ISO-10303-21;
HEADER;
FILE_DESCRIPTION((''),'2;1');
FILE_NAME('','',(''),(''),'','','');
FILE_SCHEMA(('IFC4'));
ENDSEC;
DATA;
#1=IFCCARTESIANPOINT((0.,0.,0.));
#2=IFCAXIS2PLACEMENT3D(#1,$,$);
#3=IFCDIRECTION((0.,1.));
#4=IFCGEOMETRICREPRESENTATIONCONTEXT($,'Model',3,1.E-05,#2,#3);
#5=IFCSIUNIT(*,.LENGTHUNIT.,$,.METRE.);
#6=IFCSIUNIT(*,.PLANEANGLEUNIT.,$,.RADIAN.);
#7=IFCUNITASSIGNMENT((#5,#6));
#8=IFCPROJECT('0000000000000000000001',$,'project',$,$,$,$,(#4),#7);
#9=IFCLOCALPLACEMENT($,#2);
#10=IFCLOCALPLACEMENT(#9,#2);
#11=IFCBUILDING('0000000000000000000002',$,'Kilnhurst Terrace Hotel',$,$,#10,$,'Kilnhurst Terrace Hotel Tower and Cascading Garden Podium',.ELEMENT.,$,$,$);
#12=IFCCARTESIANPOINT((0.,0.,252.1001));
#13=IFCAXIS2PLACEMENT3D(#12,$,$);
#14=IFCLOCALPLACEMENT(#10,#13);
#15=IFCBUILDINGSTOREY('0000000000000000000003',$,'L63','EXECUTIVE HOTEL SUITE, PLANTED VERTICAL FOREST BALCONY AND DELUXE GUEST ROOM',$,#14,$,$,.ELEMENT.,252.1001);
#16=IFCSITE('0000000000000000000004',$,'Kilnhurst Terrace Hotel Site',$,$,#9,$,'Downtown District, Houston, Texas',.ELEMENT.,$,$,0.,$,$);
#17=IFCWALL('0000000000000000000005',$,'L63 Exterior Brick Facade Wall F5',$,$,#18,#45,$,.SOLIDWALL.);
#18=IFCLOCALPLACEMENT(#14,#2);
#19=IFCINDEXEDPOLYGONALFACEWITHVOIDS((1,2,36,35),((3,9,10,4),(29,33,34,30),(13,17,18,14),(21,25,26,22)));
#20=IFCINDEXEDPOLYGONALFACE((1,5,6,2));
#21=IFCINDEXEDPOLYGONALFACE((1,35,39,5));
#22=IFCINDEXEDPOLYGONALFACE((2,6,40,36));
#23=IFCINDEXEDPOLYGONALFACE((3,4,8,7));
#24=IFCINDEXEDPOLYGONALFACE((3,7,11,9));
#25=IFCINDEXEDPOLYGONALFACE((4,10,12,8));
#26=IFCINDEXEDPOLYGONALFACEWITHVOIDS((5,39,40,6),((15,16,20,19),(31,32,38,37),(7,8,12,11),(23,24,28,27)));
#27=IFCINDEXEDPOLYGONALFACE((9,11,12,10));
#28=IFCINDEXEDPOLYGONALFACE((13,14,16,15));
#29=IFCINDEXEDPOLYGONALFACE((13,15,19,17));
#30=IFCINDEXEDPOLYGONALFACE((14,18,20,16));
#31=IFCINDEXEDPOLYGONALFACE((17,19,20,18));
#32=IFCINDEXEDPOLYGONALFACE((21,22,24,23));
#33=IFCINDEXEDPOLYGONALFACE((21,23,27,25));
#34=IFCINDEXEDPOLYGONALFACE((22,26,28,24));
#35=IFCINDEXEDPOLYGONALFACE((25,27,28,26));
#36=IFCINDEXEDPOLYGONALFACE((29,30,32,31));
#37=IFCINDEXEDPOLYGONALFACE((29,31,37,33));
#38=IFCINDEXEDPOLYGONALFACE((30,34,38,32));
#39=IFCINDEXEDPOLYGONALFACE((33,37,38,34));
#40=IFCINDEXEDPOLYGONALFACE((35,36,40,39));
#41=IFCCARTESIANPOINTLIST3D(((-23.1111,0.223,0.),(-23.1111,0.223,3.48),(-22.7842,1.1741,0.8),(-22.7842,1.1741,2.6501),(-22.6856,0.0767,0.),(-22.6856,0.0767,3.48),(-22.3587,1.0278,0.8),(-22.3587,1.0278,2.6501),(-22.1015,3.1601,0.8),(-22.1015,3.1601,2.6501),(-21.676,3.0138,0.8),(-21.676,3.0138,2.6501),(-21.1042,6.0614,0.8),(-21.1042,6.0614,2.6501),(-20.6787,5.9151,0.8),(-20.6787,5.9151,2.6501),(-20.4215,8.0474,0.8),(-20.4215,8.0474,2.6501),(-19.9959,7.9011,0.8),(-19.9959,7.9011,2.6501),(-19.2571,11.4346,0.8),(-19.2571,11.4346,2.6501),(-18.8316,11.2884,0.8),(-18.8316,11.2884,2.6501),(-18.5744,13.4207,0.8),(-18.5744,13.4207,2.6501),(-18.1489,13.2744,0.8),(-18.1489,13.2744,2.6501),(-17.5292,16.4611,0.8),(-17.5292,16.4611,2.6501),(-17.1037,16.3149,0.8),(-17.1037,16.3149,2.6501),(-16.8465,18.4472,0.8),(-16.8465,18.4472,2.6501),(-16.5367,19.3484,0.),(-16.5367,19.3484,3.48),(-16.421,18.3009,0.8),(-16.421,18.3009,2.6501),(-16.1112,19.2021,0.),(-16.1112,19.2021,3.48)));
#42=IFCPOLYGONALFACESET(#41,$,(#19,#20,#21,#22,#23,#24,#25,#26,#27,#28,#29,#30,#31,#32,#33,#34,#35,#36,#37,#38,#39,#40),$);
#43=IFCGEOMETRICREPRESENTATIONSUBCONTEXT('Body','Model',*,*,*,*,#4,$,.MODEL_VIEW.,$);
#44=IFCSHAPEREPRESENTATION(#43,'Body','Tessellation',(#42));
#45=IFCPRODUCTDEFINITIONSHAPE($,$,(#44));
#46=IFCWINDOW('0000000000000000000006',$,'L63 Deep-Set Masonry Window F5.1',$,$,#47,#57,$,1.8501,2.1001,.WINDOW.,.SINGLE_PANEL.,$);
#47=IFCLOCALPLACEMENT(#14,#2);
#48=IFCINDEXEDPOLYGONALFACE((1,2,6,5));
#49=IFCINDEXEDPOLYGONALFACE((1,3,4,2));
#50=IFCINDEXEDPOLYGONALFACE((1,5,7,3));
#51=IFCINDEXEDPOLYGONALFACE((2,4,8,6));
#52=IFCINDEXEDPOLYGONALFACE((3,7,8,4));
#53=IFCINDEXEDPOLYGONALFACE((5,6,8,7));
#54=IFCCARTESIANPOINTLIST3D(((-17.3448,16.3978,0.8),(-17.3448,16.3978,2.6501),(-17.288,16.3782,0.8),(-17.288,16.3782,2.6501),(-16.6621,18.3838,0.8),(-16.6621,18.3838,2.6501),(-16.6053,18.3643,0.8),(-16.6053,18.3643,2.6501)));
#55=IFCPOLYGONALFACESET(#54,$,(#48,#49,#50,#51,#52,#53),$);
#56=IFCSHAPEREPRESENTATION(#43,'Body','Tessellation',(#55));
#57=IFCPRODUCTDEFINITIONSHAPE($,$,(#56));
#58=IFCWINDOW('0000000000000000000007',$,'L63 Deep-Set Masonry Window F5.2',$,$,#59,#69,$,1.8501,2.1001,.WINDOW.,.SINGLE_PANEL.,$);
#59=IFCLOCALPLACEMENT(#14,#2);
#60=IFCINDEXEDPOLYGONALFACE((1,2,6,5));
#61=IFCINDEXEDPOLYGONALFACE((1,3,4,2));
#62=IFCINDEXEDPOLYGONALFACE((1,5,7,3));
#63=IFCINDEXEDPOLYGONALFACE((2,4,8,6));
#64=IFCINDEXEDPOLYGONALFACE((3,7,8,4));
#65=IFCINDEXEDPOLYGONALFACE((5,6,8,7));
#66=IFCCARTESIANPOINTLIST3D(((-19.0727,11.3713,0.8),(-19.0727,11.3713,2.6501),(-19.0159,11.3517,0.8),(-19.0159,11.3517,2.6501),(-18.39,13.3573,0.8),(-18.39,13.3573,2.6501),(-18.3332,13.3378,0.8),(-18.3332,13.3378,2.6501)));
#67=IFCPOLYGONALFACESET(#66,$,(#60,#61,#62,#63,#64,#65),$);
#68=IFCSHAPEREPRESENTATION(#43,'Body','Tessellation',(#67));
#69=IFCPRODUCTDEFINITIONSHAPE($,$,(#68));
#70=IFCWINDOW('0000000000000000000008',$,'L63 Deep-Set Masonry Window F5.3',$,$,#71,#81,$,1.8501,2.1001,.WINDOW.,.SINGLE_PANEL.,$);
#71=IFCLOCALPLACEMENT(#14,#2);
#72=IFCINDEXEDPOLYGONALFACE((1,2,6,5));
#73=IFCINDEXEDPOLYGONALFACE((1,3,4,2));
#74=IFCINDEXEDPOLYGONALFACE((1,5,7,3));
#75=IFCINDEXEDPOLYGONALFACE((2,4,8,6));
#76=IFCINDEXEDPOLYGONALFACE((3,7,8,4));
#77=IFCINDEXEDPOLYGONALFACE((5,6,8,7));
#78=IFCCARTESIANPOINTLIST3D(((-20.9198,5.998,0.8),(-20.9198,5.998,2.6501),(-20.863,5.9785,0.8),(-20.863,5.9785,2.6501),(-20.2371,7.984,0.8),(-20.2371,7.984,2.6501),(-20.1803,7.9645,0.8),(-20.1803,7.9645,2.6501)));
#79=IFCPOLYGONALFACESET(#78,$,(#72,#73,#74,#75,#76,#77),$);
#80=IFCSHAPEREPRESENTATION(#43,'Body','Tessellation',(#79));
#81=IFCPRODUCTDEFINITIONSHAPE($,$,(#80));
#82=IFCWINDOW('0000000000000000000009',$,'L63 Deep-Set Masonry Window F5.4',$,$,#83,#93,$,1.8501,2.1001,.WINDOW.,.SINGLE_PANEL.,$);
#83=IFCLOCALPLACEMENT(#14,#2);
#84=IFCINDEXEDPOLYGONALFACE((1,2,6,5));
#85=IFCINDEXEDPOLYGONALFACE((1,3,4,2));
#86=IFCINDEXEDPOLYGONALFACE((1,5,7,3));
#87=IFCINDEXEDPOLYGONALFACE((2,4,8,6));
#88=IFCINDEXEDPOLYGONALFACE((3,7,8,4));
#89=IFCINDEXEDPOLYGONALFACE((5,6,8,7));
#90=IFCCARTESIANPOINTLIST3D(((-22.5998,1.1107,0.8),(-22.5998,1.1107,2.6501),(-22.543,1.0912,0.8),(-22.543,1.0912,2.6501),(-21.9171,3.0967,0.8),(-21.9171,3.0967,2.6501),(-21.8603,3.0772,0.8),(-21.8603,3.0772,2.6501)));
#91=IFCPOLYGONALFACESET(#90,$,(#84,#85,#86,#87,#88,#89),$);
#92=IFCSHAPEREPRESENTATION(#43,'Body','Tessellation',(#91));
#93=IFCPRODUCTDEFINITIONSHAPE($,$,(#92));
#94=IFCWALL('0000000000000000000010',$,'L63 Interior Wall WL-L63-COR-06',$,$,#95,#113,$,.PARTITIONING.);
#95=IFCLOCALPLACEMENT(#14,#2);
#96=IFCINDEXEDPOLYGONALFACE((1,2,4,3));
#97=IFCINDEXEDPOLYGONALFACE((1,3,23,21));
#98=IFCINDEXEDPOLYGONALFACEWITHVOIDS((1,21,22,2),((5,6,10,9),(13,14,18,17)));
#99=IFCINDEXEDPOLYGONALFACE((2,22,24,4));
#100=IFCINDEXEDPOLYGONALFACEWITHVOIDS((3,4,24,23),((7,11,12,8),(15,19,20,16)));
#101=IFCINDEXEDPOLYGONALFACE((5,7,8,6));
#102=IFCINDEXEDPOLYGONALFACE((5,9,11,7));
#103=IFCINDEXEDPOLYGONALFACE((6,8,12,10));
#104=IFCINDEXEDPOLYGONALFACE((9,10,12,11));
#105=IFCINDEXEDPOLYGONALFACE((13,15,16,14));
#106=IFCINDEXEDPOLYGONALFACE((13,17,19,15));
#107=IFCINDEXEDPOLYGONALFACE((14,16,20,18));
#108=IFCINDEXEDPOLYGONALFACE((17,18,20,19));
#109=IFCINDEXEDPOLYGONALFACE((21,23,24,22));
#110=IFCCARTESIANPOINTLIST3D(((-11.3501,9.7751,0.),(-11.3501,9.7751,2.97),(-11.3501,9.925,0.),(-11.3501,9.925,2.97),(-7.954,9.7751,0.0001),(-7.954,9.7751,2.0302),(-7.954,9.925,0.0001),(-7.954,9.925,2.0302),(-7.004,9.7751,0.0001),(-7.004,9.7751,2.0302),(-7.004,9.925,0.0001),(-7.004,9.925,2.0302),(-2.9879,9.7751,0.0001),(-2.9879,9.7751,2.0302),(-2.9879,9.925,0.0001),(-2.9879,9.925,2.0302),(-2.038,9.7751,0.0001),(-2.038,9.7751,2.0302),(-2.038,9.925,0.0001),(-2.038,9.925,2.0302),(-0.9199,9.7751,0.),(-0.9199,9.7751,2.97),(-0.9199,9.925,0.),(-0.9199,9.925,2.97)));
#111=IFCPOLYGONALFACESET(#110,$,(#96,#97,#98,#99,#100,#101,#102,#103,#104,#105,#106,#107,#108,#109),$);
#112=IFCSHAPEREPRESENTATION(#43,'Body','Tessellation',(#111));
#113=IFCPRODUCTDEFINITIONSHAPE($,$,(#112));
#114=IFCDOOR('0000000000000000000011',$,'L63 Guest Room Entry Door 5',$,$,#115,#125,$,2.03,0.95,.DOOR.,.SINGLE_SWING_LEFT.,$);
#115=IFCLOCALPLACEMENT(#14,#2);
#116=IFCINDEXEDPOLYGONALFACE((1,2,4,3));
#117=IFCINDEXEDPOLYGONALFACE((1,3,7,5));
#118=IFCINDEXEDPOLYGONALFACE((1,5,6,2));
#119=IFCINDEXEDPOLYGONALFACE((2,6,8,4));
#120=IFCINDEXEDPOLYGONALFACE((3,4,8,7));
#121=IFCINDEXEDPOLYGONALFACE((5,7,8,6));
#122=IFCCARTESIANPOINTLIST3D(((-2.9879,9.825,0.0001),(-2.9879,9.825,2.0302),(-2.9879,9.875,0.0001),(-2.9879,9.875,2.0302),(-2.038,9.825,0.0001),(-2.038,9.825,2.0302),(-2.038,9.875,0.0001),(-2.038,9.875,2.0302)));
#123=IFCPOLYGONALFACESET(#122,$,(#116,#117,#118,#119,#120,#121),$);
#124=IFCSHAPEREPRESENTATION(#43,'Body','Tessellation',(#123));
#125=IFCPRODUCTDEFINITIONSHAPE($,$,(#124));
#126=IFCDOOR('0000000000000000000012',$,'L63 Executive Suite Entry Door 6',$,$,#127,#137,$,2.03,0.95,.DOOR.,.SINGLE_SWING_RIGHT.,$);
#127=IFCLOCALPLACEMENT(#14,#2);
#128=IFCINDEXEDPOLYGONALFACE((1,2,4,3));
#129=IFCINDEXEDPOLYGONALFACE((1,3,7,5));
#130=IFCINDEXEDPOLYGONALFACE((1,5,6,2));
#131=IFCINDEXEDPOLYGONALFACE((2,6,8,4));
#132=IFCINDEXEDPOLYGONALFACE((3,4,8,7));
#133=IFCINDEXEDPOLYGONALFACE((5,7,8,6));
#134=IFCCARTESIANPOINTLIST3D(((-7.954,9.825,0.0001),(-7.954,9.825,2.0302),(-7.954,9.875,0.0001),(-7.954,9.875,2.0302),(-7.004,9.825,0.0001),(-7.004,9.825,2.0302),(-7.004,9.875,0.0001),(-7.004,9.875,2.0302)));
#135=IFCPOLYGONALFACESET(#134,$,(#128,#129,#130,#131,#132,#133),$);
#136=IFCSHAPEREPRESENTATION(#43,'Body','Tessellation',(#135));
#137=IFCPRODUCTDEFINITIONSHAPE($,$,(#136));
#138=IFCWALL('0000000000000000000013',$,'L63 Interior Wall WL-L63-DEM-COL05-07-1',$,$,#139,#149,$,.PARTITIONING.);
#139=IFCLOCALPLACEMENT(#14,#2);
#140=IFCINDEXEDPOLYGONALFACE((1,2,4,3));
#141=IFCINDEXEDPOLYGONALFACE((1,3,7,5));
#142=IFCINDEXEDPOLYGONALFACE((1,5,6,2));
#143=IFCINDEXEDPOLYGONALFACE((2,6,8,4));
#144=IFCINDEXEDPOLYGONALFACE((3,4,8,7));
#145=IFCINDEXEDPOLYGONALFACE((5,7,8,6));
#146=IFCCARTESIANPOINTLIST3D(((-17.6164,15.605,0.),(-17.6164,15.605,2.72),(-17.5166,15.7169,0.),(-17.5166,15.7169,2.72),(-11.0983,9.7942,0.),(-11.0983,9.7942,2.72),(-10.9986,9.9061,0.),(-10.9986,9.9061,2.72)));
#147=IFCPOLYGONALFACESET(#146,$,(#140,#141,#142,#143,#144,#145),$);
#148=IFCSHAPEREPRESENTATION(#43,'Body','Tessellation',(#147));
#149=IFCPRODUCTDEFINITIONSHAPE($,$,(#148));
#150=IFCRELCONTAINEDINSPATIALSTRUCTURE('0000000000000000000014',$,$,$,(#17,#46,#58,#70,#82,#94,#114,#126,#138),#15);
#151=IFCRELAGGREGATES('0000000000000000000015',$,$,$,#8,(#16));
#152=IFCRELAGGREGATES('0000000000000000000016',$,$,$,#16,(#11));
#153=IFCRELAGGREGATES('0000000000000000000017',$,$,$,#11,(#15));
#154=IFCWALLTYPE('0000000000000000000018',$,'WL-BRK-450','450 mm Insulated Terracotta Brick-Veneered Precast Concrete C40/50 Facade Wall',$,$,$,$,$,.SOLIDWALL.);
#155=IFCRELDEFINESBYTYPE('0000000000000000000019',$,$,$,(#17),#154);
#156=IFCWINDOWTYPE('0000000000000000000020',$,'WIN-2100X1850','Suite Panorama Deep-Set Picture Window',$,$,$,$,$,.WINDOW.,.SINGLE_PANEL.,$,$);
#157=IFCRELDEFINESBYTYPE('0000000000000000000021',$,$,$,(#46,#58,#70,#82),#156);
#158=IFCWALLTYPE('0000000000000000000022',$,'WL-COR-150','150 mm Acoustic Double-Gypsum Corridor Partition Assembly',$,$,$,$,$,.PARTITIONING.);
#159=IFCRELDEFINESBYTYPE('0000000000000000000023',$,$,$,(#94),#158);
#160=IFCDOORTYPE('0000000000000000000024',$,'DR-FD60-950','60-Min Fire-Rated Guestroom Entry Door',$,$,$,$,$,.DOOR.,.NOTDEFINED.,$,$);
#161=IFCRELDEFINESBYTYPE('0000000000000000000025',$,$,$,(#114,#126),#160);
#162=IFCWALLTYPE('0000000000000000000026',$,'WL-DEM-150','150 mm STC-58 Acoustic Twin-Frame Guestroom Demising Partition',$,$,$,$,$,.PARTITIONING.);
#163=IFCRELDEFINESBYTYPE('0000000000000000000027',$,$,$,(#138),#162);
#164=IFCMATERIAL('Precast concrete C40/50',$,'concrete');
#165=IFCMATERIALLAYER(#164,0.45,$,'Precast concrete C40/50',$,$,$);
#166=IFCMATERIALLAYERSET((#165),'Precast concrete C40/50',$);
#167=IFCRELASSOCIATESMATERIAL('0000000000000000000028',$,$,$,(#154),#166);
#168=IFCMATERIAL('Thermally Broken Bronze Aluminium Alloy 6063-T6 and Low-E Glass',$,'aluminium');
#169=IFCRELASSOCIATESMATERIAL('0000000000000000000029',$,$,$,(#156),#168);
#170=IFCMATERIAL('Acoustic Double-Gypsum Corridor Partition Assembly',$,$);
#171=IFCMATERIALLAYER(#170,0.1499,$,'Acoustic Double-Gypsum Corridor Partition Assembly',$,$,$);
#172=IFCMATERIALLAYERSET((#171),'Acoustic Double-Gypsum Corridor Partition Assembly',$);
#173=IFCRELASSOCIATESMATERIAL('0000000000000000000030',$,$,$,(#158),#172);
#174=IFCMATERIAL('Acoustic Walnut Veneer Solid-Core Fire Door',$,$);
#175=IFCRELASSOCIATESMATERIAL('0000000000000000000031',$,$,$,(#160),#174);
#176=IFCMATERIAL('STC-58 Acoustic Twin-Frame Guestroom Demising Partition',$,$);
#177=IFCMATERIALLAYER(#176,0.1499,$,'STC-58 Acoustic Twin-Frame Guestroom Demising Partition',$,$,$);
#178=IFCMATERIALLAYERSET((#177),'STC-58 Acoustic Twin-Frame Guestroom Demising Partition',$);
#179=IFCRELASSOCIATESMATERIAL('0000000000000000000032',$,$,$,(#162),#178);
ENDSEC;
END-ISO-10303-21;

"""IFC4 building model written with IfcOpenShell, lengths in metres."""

from ifc_helpers import new_model, si_unit, direction, frame, frame_2d, origin, place, context, subcontext, project, spatial, rectangle, extrude, material, layer, layer_set, type_object, element, fill, save


model = new_model("IFC4")

# Units and contexts
model_context = context("Model", 3, precision=1e-05, world=origin(), true_north=direction((0.0, 1.0)))
body_context = subcontext(model_context, "Body", "Model", "MODEL_VIEW")
ifc_project = project(units=[si_unit("LENGTHUNIT", "METRE"), si_unit("PLANEANGLEUNIT", "RADIAN")], contexts=[model_context])

# Site, building, storey
site_placement = place(None, origin())
site = spatial("IfcSite", under=ifc_project, at=site_placement, Name="Kilnhurst Terrace Hotel Site", LongName="Downtown District, Houston, Texas", CompositionType="ELEMENT", RefElevation=0.0)
building_placement = place(site_placement, origin())
building = spatial("IfcBuilding", under=site, at=building_placement, Name="Kilnhurst Terrace Hotel", LongName="Kilnhurst Terrace Hotel Tower and Cascading Garden Podium", CompositionType="ELEMENT")
storey_placement = place(building_placement, frame((0.0, 0.0, 252.1001)))
storey = spatial("IfcBuildingStorey", under=building, at=storey_placement, Name="L63", Description="EXECUTIVE HOTEL SUITE, PLANTED VERTICAL FOREST BALCONY AND DELUXE GUEST ROOM", CompositionType="ELEMENT", Elevation=252.1001)

# Shared definitions
ifc_material_1 = material(Name="Precast concrete C40/50", Category="concrete")
ifc_layer_1 = layer(ifc_material_1, 0.45, Name="Precast concrete C40/50")
ifc_layer_set_1 = layer_set([ifc_layer_1], Name="Precast concrete C40/50")
wall_type_1 = type_object("IfcWallType", Name="WL-BRK-450", Description="450 mm Insulated Terracotta Brick-Veneered Precast Concrete C40/50 Facade Wall", PredefinedType="SOLIDWALL", material=ifc_layer_set_1)

# Wall, openings, windows
wall_1_placement = place(storey_placement, frame((-16.324, 19.2751, 0.0), z_axis=(0.0, 0.0, 1.0), x_axis=(-0.325083, -0.945685, 0.0)))
wall_1 = element("IfcWall", 1, at=wall_1_placement, inside=storey, type_object=wall_type_1, Name="L63 Exterior Brick Facade Wall F5", PredefinedType="SOLIDWALL", context=body_context, shape_type="SweptSolid", body=[
    extrude(rectangle(XDim=20.2239, YDim=0.45, at=frame_2d((10.1118, 0.0))), origin(), (0.0, 0.0, 1.0), 3.48),
])
opening_1_placement = place(wall_1_placement, frame((0.9529, 0.0, 0.8)))
opening_1 = element("IfcOpeningElement", 2, at=opening_1_placement, cuts=wall_1, PredefinedType="OPENING", context=body_context, shape_type="SweptSolid", body=[
    extrude(rectangle(XDim=2.1001, YDim=1.8501, at=frame_2d((1.05, 0.925))), frame((0.0, 0.2349, 0.0), z_axis=(0.0, -1.0, 0.0), x_axis=(1.0, 0.0, 0.0)), (0.0, 0.0, 1.0), 0.47),
])
opening_2_placement = place(wall_1_placement, frame((6.2681, 0.0, 0.8)))
opening_2 = element("IfcOpeningElement", 3, at=opening_2_placement, cuts=wall_1, PredefinedType="OPENING", context=body_context, shape_type="SweptSolid", body=[
    extrude(rectangle(XDim=2.1001, YDim=1.8501, at=frame_2d((1.05, 0.925))), frame((0.0, 0.2349, 0.0), z_axis=(0.0, -1.0, 0.0), x_axis=(1.0, 0.0, 0.0)), (0.0, 0.0, 1.0), 0.47),
])
opening_3_placement = place(wall_1_placement, frame((11.95, 0.0, 0.8)))
opening_3 = element("IfcOpeningElement", 4, at=opening_3_placement, cuts=wall_1, PredefinedType="OPENING", context=body_context, shape_type="SweptSolid", body=[
    extrude(rectangle(XDim=2.1001, YDim=1.8501, at=frame_2d((1.05, 0.925))), frame((0.0, 0.2349, 0.0), z_axis=(0.0, -1.0, 0.0), x_axis=(1.0, 0.0, 0.0)), (0.0, 0.0, 1.0), 0.47),
])
opening_4_placement = place(wall_1_placement, frame((17.1179, 0.0, 0.8)))
opening_4 = element("IfcOpeningElement", 5, at=opening_4_placement, cuts=wall_1, PredefinedType="OPENING", context=body_context, shape_type="SweptSolid", body=[
    extrude(rectangle(XDim=2.1001, YDim=1.8501, at=frame_2d((1.05, 0.925))), frame((0.0, 0.2349, 0.0), z_axis=(0.0, -1.0, 0.0), x_axis=(1.0, 0.0, 0.0)), (0.0, 0.0, 1.0), 0.47),
])
ifc_material_2 = material(Name="Thermally Broken Bronze Aluminium Alloy 6063-T6 and Low-E Glass", Category="aluminium")
window_type = type_object("IfcWindowType", Name="WIN-2100X1850", Description="Suite Panorama Deep-Set Picture Window", PartitioningType="SINGLE_PANEL", PredefinedType="WINDOW", material=ifc_material_2)
window_1_placement = place(opening_1_placement, origin())
window_1 = element("IfcWindow", 6, at=window_1_placement, inside=storey, type_object=window_type, Name="L63 Deep-Set Masonry Window F5.1", OverallHeight=1.8501, OverallWidth=2.1001, PartitioningType="SINGLE_PANEL", PredefinedType="WINDOW", context=body_context, shape_type="SweptSolid", body=[
    extrude(rectangle(XDim=2.1001, YDim=1.8501, at=frame_2d((1.05, 0.925))), frame((0.0, 0.03, 0.0), z_axis=(0.0, -1.0, 0.0), x_axis=(1.0, 0.0, 0.0)), (0.0, 0.0, 1.0), 0.0601),
])
fill(opening_1, window_1)
window_2_placement = place(opening_2_placement, origin())
window_2 = element("IfcWindow", 7, at=window_2_placement, inside=storey, type_object=window_type, Name="L63 Deep-Set Masonry Window F5.2", OverallHeight=1.8501, OverallWidth=2.1001, PartitioningType="SINGLE_PANEL", PredefinedType="WINDOW", context=body_context, shape_type="SweptSolid", body=[
    extrude(rectangle(XDim=2.1001, YDim=1.8501, at=frame_2d((1.05, 0.925))), frame((0.0, 0.03, 0.0), z_axis=(0.0, -1.0, 0.0), x_axis=(1.0, 0.0, 0.0)), (0.0, 0.0, 1.0), 0.0601),
])
fill(opening_2, window_2)
window_3_placement = place(opening_3_placement, origin())
window_3 = element("IfcWindow", 8, at=window_3_placement, inside=storey, type_object=window_type, Name="L63 Deep-Set Masonry Window F5.3", OverallHeight=1.8501, OverallWidth=2.1001, PartitioningType="SINGLE_PANEL", PredefinedType="WINDOW", context=body_context, shape_type="SweptSolid", body=[
    extrude(rectangle(XDim=2.1001, YDim=1.8501, at=frame_2d((1.05, 0.925))), frame((0.0, 0.03, 0.0), z_axis=(0.0, -1.0, 0.0), x_axis=(1.0, 0.0, 0.0)), (0.0, 0.0, 1.0), 0.0601),
])
fill(opening_3, window_3)
window_4_placement = place(opening_4_placement, origin())
window_4 = element("IfcWindow", 9, at=window_4_placement, inside=storey, type_object=window_type, Name="L63 Deep-Set Masonry Window F5.4", OverallHeight=1.8501, OverallWidth=2.1001, PartitioningType="SINGLE_PANEL", PredefinedType="WINDOW", context=body_context, shape_type="SweptSolid", body=[
    extrude(rectangle(XDim=2.1001, YDim=1.8501, at=frame_2d((1.05, 0.925))), frame((0.0, 0.03, 0.0), z_axis=(0.0, -1.0, 0.0), x_axis=(1.0, 0.0, 0.0)), (0.0, 0.0, 1.0), 0.0601),
])
fill(opening_4, window_4)

# Wall, openings, doors
ifc_material_3 = material(Name="Acoustic Double-Gypsum Corridor Partition Assembly")
ifc_layer_2 = layer(ifc_material_3, 0.1499, Name="Acoustic Double-Gypsum Corridor Partition Assembly")
ifc_layer_set_2 = layer_set([ifc_layer_2], Name="Acoustic Double-Gypsum Corridor Partition Assembly")
wall_type_2 = type_object("IfcWallType", Name="WL-COR-150", Description="150 mm Acoustic Double-Gypsum Corridor Partition Assembly", PredefinedType="PARTITIONING", material=ifc_layer_set_2)
wall_2_placement = place(storey_placement, frame((-11.3501, 9.8501, 0.0), z_axis=(0.0, 0.0, 1.0), x_axis=(1.0, 0.0, 0.0)))
wall_2 = element("IfcWall", 10, at=wall_2_placement, inside=storey, type_object=wall_type_2, Name="L63 Interior Wall WL-L63-COR-06", PredefinedType="PARTITIONING", context=body_context, shape_type="SweptSolid", body=[
    extrude(rectangle(XDim=10.4302, YDim=0.1499, at=frame_2d((5.2151, 0.0))), origin(), (0.0, 0.0, 1.0), 2.97),
])
opening_5_placement = place(wall_2_placement, frame((8.3621, 0.0, 0.0)))
opening_5 = element("IfcOpeningElement", 11, at=opening_5_placement, cuts=wall_2, PredefinedType="OPENING", context=body_context, shape_type="SweptSolid", body=[
    extrude(rectangle(XDim=0.95, YDim=2.03, at=frame_2d((0.4751, 1.0151))), frame((0.0, 0.085, 0.0), z_axis=(0.0, -1.0, 0.0), x_axis=(1.0, 0.0, 0.0)), (0.0, 0.0, 1.0), 0.1699),
])
opening_6_placement = place(wall_2_placement, frame((3.396, 0.0, 0.0)))
opening_6 = element("IfcOpeningElement", 12, at=opening_6_placement, cuts=wall_2, PredefinedType="OPENING", context=body_context, shape_type="SweptSolid", body=[
    extrude(rectangle(XDim=0.95, YDim=2.03, at=frame_2d((0.4751, 1.0151))), frame((0.0, 0.085, 0.0), z_axis=(0.0, -1.0, 0.0), x_axis=(1.0, 0.0, 0.0)), (0.0, 0.0, 1.0), 0.1699),
])
ifc_material_4 = material(Name="Acoustic Walnut Veneer Solid-Core Fire Door")
door_type_1 = type_object("IfcDoorType", Name="DR-FD60-950", Description="60-Min Fire-Rated Guestroom Entry Door", OperationType="NOTDEFINED", PredefinedType="DOOR", material=ifc_material_4)
door_1_placement = place(opening_5_placement, origin())
door_1 = element("IfcDoor", 13, at=door_1_placement, inside=storey, type_object=door_type_1, Name="L63 Guest Room Entry Door 5", OperationType="SINGLE_SWING_LEFT", OverallHeight=2.03, OverallWidth=0.95, PredefinedType="DOOR", context=body_context, shape_type="SweptSolid", body=[
    extrude(rectangle(XDim=0.95, YDim=2.03, at=frame_2d((0.4751, 1.0151))), frame((0.0, 0.0249, 0.0), z_axis=(0.0, -1.0, 0.0), x_axis=(1.0, 0.0, 0.0)), (0.0, 0.0, 1.0), 0.05),
])
fill(opening_5, door_1)
door_2_placement = place(opening_6_placement, origin())
door_2 = element("IfcDoor", 14, at=door_2_placement, inside=storey, type_object=door_type_1, Name="L63 Executive Suite Entry Door 6", OperationType="SINGLE_SWING_RIGHT", OverallHeight=2.03, OverallWidth=0.95, PredefinedType="DOOR", context=body_context, shape_type="SweptSolid", body=[
    extrude(rectangle(XDim=0.95, YDim=2.03, at=frame_2d((0.4751, 1.0151))), frame((0.0, 0.0249, 0.0), z_axis=(0.0, -1.0, 0.0), x_axis=(1.0, 0.0, 0.0)), (0.0, 0.0, 1.0), 0.05),
])
fill(opening_6, door_2)

# Wall
ifc_material_5 = material(Name="STC-58 Acoustic Twin-Frame Guestroom Demising Partition")
ifc_layer_3 = layer(ifc_material_5, 0.1499, Name="STC-58 Acoustic Twin-Frame Guestroom Demising Partition")
ifc_layer_set_3 = layer_set([ifc_layer_3], Name="STC-58 Acoustic Twin-Frame Guestroom Demising Partition")
wall_type_3 = type_object("IfcWallType", Name="WL-DEM-150", Description="150 mm STC-58 Acoustic Twin-Frame Guestroom Demising Partition", PredefinedType="PARTITIONING", material=ifc_layer_set_3)
wall_3_placement = place(storey_placement, frame((-11.0483, 9.8501, 0.0), z_axis=(0.0, 0.0, 1.0), x_axis=(-0.746444, 0.665448, 0.0)))
element("IfcWall", 15, at=wall_3_placement, inside=storey, type_object=wall_type_3, Name="L63 Interior Wall WL-L63-DEM-COL05-07-1", PredefinedType="PARTITIONING", context=body_context, shape_type="SweptSolid", body=[
    extrude(rectangle(XDim=8.7322, YDim=0.1499, at=frame_2d((4.3662, 0.0))), origin(), (0.0, 0.0, 1.0), 2.72),
])

save(model, "model.ifc")
